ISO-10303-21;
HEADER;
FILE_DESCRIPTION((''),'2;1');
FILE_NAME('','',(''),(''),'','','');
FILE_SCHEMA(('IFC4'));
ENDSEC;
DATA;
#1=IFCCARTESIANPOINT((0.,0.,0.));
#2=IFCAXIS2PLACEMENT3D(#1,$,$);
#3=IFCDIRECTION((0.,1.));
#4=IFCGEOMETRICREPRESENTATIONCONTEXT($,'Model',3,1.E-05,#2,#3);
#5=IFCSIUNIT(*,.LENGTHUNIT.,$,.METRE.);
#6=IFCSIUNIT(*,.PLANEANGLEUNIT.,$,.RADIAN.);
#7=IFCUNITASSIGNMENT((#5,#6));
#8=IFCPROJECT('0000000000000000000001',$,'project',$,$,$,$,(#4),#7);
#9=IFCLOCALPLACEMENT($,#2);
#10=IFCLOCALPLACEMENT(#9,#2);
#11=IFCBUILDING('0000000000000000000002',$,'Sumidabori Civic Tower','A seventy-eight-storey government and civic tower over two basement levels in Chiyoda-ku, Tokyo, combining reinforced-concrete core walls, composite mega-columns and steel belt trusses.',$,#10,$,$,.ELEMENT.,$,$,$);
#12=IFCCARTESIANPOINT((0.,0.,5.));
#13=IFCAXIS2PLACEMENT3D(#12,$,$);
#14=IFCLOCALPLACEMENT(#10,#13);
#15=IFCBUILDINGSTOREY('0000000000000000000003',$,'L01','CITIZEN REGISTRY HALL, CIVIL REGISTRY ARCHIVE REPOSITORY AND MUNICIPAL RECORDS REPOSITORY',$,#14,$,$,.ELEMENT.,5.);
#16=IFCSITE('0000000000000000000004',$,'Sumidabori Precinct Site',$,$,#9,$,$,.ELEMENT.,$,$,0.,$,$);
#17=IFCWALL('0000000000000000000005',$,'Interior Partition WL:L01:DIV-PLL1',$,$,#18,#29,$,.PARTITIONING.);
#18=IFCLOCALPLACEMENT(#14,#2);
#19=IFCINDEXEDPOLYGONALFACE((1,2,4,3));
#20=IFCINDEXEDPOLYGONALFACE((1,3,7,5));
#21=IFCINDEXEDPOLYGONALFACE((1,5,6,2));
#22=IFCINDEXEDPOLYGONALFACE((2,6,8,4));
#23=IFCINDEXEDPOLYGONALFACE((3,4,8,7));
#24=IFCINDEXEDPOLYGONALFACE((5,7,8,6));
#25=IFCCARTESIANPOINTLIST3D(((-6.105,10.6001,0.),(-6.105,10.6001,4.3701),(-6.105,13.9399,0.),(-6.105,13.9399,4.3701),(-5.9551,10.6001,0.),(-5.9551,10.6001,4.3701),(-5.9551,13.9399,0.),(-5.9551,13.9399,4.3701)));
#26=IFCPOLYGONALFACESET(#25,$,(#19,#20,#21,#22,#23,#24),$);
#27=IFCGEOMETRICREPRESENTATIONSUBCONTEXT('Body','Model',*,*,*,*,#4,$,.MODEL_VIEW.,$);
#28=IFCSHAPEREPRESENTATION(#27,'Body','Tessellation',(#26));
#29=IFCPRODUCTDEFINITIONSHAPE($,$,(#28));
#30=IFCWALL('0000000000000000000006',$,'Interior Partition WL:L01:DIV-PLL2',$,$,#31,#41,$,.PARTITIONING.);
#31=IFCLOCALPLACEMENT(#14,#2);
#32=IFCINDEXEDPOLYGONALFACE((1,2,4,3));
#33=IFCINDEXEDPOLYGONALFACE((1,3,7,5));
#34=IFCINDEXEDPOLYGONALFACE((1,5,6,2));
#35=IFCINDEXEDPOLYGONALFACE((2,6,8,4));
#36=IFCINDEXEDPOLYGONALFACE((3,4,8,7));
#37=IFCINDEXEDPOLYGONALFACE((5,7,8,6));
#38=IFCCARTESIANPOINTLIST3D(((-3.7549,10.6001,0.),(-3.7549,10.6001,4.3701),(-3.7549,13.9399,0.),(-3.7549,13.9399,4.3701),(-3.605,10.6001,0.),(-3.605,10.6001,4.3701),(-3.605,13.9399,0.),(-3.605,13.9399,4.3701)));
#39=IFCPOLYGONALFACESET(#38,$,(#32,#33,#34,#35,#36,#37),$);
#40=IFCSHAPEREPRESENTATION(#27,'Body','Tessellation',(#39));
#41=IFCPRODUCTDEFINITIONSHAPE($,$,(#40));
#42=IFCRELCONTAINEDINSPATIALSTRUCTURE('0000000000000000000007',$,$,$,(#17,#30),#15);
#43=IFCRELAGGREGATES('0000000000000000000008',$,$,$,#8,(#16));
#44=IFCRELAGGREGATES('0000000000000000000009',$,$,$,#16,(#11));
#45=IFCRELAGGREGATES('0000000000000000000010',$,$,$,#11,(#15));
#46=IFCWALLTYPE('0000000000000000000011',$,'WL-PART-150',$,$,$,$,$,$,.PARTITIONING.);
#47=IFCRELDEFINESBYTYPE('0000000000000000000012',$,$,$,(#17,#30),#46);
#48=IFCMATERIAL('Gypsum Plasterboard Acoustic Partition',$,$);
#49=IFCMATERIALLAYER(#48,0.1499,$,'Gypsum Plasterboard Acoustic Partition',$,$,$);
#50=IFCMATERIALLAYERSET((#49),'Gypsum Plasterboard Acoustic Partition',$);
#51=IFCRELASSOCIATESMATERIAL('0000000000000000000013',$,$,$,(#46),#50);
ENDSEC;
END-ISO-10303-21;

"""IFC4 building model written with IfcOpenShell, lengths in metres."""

from ifc_helpers import new_model, si_unit, direction, frame, frame_2d, origin, place, context, subcontext, project, spatial, rectangle, extrude, source, transform, mapped, material, layer, layer_set, type_object, element, save


model = new_model("IFC4")

# Units and contexts
model_context = context("Model", 3, precision=1e-05, world=origin(), true_north=direction((0.0, 1.0)))
body_context = subcontext(model_context, "Body", "Model", "MODEL_VIEW")
ifc_project = project(units=[si_unit("LENGTHUNIT", "METRE"), si_unit("PLANEANGLEUNIT", "RADIAN")], contexts=[model_context])

# Site, building, storey
site_placement = place(None, origin())
site = spatial("IfcSite", under=ifc_project, at=site_placement, Name="Sumidabori Precinct Site", CompositionType="ELEMENT", RefElevation=0.0)
building_placement = place(site_placement, origin())
building = spatial("IfcBuilding", under=site, at=building_placement, Name="Sumidabori Civic Tower", Description="A seventy-eight-storey government and civic tower over two basement levels in Chiyoda-ku, Tokyo, combining reinforced-concrete core walls, composite mega-columns and steel belt trusses.", CompositionType="ELEMENT")
storey_placement = place(building_placement, frame((0.0, 0.0, 5.0)))
storey = spatial("IfcBuildingStorey", under=building, at=storey_placement, Name="L01", Description="CITIZEN REGISTRY HALL, CIVIL REGISTRY ARCHIVE REPOSITORY AND MUNICIPAL RECORDS REPOSITORY", CompositionType="ELEMENT", Elevation=5.0)

# Walls
ifc_material_1 = material(Name="Gypsum Plasterboard Acoustic Partition")
ifc_layer_1 = layer(ifc_material_1, 0.1499, Name="Gypsum Plasterboard Acoustic Partition")
ifc_layer_set_1 = layer_set([ifc_layer_1], Name="Gypsum Plasterboard Acoustic Partition")
wall_type_1 = type_object("IfcWallType", Name="WL-PART-150", PredefinedType="PARTITIONING", material=ifc_layer_set_1)
shared_shape_1 = source(origin(), body_context, "Body", "SweptSolid", [
    extrude(rectangle(XDim=3.3398, YDim=0.1499, at=frame_2d((1.6699, 0.0))), origin(), (0.0, 0.0, 1.0), 4.3701),
])
for number, where, z_axis, x_axis, name in (
    (1, (-6.03, 10.6001, 0.0), (0.0, 0.0, 1.0), (0.0, 1.0, 0.0), "Interior Partition WL:L01:DIV-PLL1"),
    (2, (-3.6799, 10.6001, 0.0), (0.0, 0.0, 1.0), (0.0, 1.0, 0.0), "Interior Partition WL:L01:DIV-PLL2"),
):
    element("IfcWall", number, at=place(storey_placement, frame(where, z_axis=z_axis, x_axis=x_axis)), inside=storey, type_object=wall_type_1, Name=name, PredefinedType="PARTITIONING", context=body_context, shape_type="MappedRepresentation", body=[
        mapped(shared_shape_1, transform((0.0, 0.0, 0.0), x_axis=(1.0, 0.0, 0.0), y_axis=(0.0, 1.0, 0.0), z_axis=(0.0, 0.0, 1.0), scale=1.0)),
    ])

save(model, "model.ifc")
